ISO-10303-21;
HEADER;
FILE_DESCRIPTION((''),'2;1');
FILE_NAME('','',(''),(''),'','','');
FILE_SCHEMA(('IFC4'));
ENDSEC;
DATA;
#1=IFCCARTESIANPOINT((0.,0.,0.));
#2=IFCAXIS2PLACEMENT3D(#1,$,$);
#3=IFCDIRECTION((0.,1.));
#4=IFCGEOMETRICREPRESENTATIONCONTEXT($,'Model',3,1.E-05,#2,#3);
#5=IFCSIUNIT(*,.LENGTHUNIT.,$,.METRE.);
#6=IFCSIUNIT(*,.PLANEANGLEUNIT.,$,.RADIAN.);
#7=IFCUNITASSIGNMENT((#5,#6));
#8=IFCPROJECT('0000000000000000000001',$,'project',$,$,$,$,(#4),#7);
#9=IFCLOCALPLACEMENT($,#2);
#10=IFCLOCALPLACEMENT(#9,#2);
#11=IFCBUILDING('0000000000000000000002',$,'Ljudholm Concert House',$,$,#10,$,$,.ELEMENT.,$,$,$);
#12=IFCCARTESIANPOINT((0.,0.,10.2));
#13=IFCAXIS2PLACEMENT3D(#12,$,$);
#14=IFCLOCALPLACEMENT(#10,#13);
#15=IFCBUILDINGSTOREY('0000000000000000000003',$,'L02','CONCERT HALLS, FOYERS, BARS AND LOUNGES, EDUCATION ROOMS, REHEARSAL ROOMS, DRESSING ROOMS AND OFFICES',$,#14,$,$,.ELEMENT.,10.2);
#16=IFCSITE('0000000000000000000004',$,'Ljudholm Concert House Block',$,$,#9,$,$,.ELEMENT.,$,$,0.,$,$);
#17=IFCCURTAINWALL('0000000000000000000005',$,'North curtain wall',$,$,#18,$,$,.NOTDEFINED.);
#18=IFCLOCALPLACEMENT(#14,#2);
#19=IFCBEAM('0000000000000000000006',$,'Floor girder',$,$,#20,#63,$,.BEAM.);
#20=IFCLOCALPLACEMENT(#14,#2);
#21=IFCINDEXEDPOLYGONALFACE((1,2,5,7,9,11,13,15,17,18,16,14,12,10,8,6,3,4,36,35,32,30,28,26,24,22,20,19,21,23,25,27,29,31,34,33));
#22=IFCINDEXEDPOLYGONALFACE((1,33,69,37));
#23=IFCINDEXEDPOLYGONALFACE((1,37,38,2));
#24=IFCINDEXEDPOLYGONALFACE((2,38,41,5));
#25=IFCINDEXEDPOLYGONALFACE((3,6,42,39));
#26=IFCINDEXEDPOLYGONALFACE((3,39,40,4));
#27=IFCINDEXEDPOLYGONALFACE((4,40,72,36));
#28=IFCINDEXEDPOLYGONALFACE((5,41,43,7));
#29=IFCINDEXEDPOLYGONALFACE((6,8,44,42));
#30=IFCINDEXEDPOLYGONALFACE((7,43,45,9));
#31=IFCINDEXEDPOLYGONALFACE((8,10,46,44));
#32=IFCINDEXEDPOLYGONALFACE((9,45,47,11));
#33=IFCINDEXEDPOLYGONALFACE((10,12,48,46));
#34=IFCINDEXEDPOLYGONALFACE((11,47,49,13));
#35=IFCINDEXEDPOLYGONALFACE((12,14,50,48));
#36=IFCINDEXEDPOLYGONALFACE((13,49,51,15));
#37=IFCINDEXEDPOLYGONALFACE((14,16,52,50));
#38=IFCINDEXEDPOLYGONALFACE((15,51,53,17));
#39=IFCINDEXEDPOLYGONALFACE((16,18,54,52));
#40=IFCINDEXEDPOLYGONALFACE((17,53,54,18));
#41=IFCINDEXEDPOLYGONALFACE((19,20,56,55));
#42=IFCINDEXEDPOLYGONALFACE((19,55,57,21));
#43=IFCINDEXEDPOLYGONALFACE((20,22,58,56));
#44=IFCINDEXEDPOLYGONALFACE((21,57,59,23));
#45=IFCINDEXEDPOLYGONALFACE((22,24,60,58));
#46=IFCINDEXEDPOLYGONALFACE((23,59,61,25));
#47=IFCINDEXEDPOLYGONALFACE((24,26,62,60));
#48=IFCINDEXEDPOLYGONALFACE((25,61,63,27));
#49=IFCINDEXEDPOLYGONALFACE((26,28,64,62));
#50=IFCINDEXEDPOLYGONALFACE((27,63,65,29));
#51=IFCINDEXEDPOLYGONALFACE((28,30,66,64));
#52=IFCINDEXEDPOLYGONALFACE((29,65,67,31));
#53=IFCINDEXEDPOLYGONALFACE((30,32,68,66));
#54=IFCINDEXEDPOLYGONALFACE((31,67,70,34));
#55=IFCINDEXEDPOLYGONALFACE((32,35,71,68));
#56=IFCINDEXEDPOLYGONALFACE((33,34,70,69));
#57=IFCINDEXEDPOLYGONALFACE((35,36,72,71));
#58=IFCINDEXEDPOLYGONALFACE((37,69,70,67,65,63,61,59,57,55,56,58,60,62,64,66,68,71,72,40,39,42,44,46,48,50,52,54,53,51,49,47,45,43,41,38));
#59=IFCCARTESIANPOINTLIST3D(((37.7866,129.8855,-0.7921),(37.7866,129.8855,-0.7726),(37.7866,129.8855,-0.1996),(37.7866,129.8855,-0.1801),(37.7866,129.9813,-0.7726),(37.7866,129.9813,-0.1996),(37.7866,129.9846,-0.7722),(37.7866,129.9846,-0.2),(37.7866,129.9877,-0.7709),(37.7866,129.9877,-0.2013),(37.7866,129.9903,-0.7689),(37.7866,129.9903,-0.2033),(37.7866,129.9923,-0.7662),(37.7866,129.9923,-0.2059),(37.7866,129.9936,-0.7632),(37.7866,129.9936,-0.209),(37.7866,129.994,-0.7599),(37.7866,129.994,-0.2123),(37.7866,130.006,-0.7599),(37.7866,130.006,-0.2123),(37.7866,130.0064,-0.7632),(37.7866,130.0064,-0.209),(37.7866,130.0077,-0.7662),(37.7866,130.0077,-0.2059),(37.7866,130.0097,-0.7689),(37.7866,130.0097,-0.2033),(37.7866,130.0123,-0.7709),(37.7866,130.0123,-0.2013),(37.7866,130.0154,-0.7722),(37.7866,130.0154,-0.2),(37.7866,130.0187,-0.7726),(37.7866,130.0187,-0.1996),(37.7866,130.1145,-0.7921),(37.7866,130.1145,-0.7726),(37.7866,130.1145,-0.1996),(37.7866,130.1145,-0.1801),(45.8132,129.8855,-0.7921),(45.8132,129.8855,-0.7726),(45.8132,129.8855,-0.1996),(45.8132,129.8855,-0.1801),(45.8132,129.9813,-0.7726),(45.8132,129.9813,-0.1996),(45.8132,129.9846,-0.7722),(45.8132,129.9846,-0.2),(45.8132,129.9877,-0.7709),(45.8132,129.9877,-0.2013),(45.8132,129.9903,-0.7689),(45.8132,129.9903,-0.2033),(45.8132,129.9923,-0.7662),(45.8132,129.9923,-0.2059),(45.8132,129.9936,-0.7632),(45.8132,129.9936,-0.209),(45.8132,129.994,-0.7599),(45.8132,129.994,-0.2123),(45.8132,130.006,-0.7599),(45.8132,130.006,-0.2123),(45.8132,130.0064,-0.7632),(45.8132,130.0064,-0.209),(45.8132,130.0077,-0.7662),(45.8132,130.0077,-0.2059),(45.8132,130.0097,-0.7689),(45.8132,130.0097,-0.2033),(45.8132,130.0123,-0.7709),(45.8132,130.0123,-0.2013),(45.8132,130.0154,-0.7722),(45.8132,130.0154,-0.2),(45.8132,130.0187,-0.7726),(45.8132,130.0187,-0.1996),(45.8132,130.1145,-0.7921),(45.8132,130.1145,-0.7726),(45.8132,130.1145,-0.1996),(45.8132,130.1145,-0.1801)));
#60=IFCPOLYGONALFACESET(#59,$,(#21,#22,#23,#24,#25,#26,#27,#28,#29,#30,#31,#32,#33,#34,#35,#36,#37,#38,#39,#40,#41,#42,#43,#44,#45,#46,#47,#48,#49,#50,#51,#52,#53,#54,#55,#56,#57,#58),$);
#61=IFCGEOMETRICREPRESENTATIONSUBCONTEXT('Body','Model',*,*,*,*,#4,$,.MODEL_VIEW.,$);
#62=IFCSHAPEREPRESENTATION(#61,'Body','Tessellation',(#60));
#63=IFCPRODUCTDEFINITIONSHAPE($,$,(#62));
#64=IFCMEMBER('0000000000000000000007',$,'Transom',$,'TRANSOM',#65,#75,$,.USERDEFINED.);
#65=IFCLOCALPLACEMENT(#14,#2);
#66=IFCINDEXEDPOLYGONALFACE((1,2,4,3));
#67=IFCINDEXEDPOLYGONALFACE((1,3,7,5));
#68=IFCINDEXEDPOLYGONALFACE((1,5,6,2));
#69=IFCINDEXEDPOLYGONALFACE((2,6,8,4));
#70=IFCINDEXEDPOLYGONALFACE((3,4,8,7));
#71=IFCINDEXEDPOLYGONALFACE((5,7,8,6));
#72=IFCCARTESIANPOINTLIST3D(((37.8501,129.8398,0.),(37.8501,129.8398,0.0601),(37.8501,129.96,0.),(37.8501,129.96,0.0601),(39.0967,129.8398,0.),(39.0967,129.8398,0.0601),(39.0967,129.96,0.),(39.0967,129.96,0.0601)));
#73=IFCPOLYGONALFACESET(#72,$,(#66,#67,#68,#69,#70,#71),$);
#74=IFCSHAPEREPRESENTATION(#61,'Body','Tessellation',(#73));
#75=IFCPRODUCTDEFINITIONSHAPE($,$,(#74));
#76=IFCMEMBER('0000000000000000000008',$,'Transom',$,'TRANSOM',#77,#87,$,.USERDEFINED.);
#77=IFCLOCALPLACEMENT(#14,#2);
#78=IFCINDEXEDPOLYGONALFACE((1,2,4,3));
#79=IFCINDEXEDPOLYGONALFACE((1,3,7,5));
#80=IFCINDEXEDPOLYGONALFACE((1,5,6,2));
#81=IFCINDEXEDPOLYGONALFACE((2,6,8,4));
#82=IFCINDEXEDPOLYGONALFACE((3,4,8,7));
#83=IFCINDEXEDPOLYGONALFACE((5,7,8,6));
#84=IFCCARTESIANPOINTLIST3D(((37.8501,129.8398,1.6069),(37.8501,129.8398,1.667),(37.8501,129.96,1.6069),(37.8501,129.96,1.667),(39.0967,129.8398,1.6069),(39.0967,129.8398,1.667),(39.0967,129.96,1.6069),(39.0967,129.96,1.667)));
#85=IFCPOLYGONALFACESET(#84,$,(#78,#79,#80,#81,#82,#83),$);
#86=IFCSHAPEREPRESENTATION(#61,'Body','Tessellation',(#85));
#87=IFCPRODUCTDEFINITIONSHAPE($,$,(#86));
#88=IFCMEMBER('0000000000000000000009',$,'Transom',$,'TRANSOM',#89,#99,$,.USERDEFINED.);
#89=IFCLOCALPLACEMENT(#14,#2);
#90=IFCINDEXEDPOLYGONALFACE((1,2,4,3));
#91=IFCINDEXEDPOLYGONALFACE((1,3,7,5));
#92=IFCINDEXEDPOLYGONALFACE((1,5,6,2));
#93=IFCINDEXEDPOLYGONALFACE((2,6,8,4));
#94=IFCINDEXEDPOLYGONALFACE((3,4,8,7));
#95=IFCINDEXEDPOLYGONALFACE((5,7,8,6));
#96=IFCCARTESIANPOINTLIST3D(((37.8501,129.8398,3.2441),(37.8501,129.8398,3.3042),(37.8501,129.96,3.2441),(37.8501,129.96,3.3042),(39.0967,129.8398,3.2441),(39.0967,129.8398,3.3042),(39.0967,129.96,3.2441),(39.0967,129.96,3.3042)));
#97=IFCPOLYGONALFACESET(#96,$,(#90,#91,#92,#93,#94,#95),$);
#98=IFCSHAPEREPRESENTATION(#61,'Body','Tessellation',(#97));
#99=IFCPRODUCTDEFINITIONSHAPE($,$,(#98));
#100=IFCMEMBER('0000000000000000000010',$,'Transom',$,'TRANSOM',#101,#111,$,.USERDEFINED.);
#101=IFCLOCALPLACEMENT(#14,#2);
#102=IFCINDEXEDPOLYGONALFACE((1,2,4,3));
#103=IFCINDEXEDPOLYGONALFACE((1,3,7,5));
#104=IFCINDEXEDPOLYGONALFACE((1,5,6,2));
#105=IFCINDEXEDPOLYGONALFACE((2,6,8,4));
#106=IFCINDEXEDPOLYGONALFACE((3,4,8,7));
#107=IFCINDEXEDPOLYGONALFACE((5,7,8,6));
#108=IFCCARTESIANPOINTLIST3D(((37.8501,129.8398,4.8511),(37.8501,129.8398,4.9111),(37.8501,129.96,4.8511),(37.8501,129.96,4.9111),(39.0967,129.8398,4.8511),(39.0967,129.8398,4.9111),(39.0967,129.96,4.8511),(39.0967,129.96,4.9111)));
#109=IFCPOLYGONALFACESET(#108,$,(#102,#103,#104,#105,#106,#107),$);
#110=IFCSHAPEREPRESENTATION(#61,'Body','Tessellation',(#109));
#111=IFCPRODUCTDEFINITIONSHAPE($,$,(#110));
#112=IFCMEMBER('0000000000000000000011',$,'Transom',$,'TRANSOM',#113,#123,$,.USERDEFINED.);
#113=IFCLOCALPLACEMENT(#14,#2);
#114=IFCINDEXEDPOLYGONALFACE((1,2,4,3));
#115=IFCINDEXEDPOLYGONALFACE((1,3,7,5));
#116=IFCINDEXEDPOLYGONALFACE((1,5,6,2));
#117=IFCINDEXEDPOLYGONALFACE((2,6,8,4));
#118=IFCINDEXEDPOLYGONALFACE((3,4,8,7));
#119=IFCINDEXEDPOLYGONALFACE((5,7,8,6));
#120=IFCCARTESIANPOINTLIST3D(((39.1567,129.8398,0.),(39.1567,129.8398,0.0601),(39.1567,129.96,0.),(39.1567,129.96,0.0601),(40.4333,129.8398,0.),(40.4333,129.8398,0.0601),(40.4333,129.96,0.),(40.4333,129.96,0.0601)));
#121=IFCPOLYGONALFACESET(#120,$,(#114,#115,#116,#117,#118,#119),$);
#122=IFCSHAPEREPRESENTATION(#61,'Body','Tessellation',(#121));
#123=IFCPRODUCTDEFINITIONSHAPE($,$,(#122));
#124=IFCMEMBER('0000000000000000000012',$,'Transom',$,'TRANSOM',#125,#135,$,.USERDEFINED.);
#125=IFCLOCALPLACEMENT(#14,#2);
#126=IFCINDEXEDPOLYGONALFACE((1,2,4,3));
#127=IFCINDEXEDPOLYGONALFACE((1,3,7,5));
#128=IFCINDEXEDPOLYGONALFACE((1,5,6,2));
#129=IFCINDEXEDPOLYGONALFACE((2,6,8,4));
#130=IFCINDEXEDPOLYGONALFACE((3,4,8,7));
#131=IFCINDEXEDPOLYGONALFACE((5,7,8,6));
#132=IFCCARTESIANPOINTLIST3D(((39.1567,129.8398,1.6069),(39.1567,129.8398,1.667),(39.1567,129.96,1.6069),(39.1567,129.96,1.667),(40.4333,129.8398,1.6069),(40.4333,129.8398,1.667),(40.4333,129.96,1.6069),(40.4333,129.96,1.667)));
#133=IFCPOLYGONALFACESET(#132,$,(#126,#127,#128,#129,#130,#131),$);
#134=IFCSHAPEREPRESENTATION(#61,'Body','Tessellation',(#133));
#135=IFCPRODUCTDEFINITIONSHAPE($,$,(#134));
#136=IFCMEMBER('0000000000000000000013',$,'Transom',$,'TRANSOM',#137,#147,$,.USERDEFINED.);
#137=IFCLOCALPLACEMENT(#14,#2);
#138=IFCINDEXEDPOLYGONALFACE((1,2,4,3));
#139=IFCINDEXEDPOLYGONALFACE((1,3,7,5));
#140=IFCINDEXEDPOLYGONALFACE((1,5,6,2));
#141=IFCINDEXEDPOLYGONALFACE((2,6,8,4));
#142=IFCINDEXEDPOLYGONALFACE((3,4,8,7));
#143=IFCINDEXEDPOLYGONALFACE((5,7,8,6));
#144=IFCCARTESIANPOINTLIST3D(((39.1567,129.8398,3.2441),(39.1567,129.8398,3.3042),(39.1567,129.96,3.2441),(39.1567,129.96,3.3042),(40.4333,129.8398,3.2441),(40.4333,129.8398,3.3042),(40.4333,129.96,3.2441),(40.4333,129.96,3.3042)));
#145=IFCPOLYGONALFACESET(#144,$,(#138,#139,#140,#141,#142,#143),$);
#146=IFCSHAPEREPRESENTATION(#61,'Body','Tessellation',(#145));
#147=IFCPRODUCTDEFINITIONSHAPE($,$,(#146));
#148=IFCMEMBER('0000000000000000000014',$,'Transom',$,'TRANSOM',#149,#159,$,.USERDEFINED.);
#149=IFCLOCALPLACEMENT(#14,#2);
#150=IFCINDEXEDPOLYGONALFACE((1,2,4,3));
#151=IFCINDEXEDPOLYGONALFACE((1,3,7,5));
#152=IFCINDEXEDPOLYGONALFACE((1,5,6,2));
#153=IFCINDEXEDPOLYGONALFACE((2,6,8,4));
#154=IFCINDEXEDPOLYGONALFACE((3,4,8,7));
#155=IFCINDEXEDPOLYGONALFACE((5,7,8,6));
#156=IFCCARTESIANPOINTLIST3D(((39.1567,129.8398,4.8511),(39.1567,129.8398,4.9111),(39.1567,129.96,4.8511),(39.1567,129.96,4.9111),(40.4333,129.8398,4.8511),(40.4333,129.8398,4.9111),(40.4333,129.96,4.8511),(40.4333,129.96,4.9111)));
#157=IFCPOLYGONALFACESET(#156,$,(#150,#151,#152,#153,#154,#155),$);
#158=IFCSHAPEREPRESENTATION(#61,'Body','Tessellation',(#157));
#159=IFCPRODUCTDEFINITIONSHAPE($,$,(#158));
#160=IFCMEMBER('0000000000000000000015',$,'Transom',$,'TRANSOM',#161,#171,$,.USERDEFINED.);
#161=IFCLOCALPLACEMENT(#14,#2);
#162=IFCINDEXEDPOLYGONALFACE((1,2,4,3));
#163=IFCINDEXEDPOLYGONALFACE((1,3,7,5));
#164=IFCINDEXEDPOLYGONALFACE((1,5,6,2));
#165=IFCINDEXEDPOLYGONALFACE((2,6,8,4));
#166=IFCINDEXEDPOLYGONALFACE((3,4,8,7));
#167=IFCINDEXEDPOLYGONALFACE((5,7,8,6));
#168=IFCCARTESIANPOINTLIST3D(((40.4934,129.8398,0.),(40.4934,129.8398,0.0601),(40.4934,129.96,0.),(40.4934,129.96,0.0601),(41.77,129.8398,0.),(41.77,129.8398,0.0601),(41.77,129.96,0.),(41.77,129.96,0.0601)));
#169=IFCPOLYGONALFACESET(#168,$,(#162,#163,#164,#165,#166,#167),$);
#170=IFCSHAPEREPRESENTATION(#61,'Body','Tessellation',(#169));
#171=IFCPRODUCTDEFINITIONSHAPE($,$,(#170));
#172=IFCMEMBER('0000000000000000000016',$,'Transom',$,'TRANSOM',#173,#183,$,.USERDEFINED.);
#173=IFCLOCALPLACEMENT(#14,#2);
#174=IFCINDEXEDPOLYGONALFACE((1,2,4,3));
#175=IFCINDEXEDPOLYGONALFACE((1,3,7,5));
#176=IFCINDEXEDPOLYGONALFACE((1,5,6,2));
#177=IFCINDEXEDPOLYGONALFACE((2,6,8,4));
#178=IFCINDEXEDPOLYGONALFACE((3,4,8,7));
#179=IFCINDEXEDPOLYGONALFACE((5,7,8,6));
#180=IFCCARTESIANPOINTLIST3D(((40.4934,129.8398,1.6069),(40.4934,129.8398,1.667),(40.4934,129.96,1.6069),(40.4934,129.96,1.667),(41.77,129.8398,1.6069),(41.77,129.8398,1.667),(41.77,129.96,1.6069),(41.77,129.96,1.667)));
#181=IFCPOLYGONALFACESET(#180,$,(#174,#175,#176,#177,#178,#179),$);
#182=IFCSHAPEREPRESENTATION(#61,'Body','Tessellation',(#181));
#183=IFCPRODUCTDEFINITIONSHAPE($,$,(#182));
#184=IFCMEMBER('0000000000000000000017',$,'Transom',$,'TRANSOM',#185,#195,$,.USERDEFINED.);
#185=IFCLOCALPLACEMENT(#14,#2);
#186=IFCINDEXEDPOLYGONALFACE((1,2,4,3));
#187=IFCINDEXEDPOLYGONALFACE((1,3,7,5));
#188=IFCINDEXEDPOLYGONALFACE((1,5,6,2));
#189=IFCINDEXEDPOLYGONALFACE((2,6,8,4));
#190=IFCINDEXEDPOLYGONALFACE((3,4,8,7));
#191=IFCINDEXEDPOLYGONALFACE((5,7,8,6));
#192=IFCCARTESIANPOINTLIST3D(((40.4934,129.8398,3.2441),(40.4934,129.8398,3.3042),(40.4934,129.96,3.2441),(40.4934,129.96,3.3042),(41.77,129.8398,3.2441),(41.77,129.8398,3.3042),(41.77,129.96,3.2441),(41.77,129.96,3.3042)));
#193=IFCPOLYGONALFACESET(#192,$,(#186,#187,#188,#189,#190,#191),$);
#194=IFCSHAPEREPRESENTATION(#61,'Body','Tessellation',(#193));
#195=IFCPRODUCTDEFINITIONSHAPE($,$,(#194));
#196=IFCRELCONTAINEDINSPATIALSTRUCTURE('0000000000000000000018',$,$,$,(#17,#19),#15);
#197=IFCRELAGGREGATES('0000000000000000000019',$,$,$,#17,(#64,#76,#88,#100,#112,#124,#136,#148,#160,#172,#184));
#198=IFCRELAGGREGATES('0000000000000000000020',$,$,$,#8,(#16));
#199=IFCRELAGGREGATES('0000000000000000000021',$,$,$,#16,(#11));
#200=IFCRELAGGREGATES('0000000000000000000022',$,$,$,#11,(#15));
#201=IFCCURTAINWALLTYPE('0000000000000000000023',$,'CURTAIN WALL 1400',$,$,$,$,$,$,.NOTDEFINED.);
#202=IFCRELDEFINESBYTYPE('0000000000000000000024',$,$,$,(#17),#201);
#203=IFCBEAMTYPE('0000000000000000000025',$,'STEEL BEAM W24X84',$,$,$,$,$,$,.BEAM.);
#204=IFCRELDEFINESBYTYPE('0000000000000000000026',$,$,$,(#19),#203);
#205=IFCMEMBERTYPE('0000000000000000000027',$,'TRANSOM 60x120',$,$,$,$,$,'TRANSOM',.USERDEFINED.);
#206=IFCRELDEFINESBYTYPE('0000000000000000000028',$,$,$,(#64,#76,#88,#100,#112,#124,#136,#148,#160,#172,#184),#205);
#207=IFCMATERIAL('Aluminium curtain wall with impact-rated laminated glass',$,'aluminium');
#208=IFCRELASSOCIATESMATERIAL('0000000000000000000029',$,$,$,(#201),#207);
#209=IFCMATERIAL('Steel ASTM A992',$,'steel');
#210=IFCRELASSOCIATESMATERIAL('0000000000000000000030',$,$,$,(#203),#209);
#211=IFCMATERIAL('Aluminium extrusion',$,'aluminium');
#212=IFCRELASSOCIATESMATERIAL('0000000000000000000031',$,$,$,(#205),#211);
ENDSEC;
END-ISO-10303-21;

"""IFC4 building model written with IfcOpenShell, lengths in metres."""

from ifc_helpers import new_model, si_unit, direction, frame, origin, origin_2d, place, context, subcontext, project, spatial, rectangle, i_section, extrude, material, material_profile, profile_set, type_object, element, aggregate, save


model = new_model("IFC4")

# Units and contexts
model_context = context("Model", 3, precision=1e-05, world=origin(), true_north=direction((0.0, 1.0)))
body_context = subcontext(model_context, "Body", "Model", "MODEL_VIEW")
ifc_project = project(units=[si_unit("LENGTHUNIT", "METRE"), si_unit("PLANEANGLEUNIT", "RADIAN")], contexts=[model_context])

# Site, building, storey
site_placement = place(None, origin())
site = spatial("IfcSite", under=ifc_project, at=site_placement, Name="Ljudholm Concert House Block", CompositionType="ELEMENT", RefElevation=0.0)
building_placement = place(site_placement, origin())
building = spatial("IfcBuilding", under=site, at=building_placement, Name="Ljudholm Concert House", CompositionType="ELEMENT")
storey_placement = place(building_placement, frame((0.0, 0.0, 10.2)))
storey = spatial("IfcBuildingStorey", under=building, at=storey_placement, Name="L02", Description="CONCERT HALLS, FOYERS, BARS AND LOUNGES, EDUCATION ROOMS, REHEARSAL ROOMS, DRESSING ROOMS AND OFFICES", CompositionType="ELEMENT", Elevation=10.2)

# Curtain wall
ifc_material_1 = material(Name="Aluminium curtain wall with impact-rated laminated glass", Category="aluminium")
curtain_wall_type = type_object("IfcCurtainWallType", Name="CURTAIN WALL 1400", PredefinedType="NOTDEFINED", material=ifc_material_1)
curtain_wall_placement = place(storey_placement, origin())
curtain_wall = element("IfcCurtainWall", 1, at=curtain_wall_placement, inside=storey, type_object=curtain_wall_type, Name="North curtain wall", PredefinedType="NOTDEFINED")

# Beam
ifc_material_2 = material(Name="Steel ASTM A992", Category="steel")
ifc_material_profile_1 = material_profile(ifc_material_2, i_section(OverallWidth=0.229, OverallDepth=0.6121, WebThickness=0.012, FlangeThickness=0.0195, FilletRadius=0.0127, at=origin_2d()), Name="W24X84")
ifc_profile_set_1 = profile_set([ifc_material_profile_1], Name="Steel ASTM A992")
beam_type = type_object("IfcBeamType", Name="STEEL BEAM W24X84", PredefinedType="BEAM", material=ifc_profile_set_1)
for number, where, z_axis, x_axis, name in (
    (2, (37.7866, 130.0, -0.4861), (1.0, 0.0, 0.0), (0.0, 1.0, 0.0), "Floor girder"),
):
    element("IfcBeam", number, at=place(storey_placement, frame(where, z_axis=z_axis, x_axis=x_axis)), inside=storey, type_object=beam_type, Name=name, PredefinedType="BEAM", context=body_context, shape_type="SweptSolid", body=[
        extrude(i_section(OverallWidth=0.229, OverallDepth=0.6121, WebThickness=0.012, FlangeThickness=0.0195, FilletRadius=0.0127, at=origin_2d()), origin(), (0.0, 0.0, 1.0), 8.0266),
    ])

# Members
ifc_material_3 = material(Name="Aluminium extrusion", Category="aluminium")
ifc_material_profile_2 = material_profile(ifc_material_3, rectangle(XDim=0.1201, YDim=0.0601, at=origin_2d()), Name="TRANSOM 60x120")
ifc_profile_set_2 = profile_set([ifc_material_profile_2], Name="Aluminium extrusion")
member_type_1 = type_object("IfcMemberType", Name="TRANSOM 60x120", ElementType="TRANSOM", PredefinedType="USERDEFINED", material=ifc_profile_set_2)
member_1_placement = place(storey_placement, frame((37.8501, 129.8999, 0.03), z_axis=(1.0, 0.0, 0.0), x_axis=(0.0, 1.0, 0.0)))
member_1 = element("IfcMember", 3, at=member_1_placement, type_object=member_type_1, Name="Transom", ObjectType="TRANSOM", PredefinedType="USERDEFINED", context=body_context, shape_type="SweptSolid", body=[
    extrude(rectangle(XDim=0.1201, YDim=0.0601, at=origin_2d()), origin(), (0.0, 0.0, 1.0), 1.2466),
])
member_2_placement = place(storey_placement, frame((37.8501, 129.8999, 1.637), z_axis=(1.0, 0.0, 0.0), x_axis=(0.0, 1.0, 0.0)))
member_2 = element("IfcMember", 4, at=member_2_placement, type_object=member_type_1, Name="Transom", ObjectType="TRANSOM", PredefinedType="USERDEFINED", context=body_context, shape_type="SweptSolid", body=[
    extrude(rectangle(XDim=0.1201, YDim=0.0601, at=origin_2d()), origin(), (0.0, 0.0, 1.0), 1.2466),
])
member_3_placement = place(storey_placement, frame((37.8501, 129.8999, 3.2742), z_axis=(1.0, 0.0, 0.0), x_axis=(0.0, 1.0, 0.0)))
member_3 = element("IfcMember", 5, at=member_3_placement, type_object=member_type_1, Name="Transom", ObjectType="TRANSOM", PredefinedType="USERDEFINED", context=body_context, shape_type="SweptSolid", body=[
    extrude(rectangle(XDim=0.1201, YDim=0.0601, at=origin_2d()), origin(), (0.0, 0.0, 1.0), 1.2466),
])
member_4_placement = place(storey_placement, frame((37.8501, 129.8999, 4.8811), z_axis=(1.0, 0.0, 0.0), x_axis=(0.0, 1.0, 0.0)))
member_4 = element("IfcMember", 6, at=member_4_placement, type_object=member_type_1, Name="Transom", ObjectType="TRANSOM", PredefinedType="USERDEFINED", context=body_context, shape_type="SweptSolid", body=[
    extrude(rectangle(XDim=0.1201, YDim=0.0601, at=origin_2d()), origin(), (0.0, 0.0, 1.0), 1.2466),
])
member_5_placement = place(storey_placement, frame((39.1567, 129.8999, 0.03), z_axis=(1.0, 0.0, 0.0), x_axis=(0.0, 1.0, 0.0)))
member_5 = element("IfcMember", 7, at=member_5_placement, type_object=member_type_1, Name="Transom", ObjectType="TRANSOM", PredefinedType="USERDEFINED", context=body_context, shape_type="SweptSolid", body=[
    extrude(rectangle(XDim=0.1201, YDim=0.0601, at=origin_2d()), origin(), (0.0, 0.0, 1.0), 1.2766),
])
member_6_placement = place(storey_placement, frame((39.1567, 129.8999, 1.637), z_axis=(1.0, 0.0, 0.0), x_axis=(0.0, 1.0, 0.0)))
member_6 = element("IfcMember", 8, at=member_6_placement, type_object=member_type_1, Name="Transom", ObjectType="TRANSOM", PredefinedType="USERDEFINED", context=body_context, shape_type="SweptSolid", body=[
    extrude(rectangle(XDim=0.1201, YDim=0.0601, at=origin_2d()), origin(), (0.0, 0.0, 1.0), 1.2766),
])
member_7_placement = place(storey_placement, frame((39.1567, 129.8999, 3.2742), z_axis=(1.0, 0.0, 0.0), x_axis=(0.0, 1.0, 0.0)))
member_7 = element("IfcMember", 9, at=member_7_placement, type_object=member_type_1, Name="Transom", ObjectType="TRANSOM", PredefinedType="USERDEFINED", context=body_context, shape_type="SweptSolid", body=[
    extrude(rectangle(XDim=0.1201, YDim=0.0601, at=origin_2d()), origin(), (0.0, 0.0, 1.0), 1.2766),
])
member_8_placement = place(storey_placement, frame((39.1567, 129.8999, 4.8811), z_axis=(1.0, 0.0, 0.0), x_axis=(0.0, 1.0, 0.0)))
member_8 = element("IfcMember", 10, at=member_8_placement, type_object=member_type_1, Name="Transom", ObjectType="TRANSOM", PredefinedType="USERDEFINED", context=body_context, shape_type="SweptSolid", body=[
    extrude(rectangle(XDim=0.1201, YDim=0.0601, at=origin_2d()), origin(), (0.0, 0.0, 1.0), 1.2766),
])
member_9_placement = place(storey_placement, frame((40.4934, 129.8999, 0.03), z_axis=(1.0, 0.0, 0.0), x_axis=(0.0, 1.0, 0.0)))
member_9 = element("IfcMember", 11, at=member_9_placement, type_object=member_type_1, Name="Transom", ObjectType="TRANSOM", PredefinedType="USERDEFINED", context=body_context, shape_type="SweptSolid", body=[
    extrude(rectangle(XDim=0.1201, YDim=0.0601, at=origin_2d()), origin(), (0.0, 0.0, 1.0), 1.2766),
])
member_10_placement = place(storey_placement, frame((40.4934, 129.8999, 1.637), z_axis=(1.0, 0.0, 0.0), x_axis=(0.0, 1.0, 0.0)))
member_10 = element("IfcMember", 12, at=member_10_placement, type_object=member_type_1, Name="Transom", ObjectType="TRANSOM", PredefinedType="USERDEFINED", context=body_context, shape_type="SweptSolid", body=[
    extrude(rectangle(XDim=0.1201, YDim=0.0601, at=origin_2d()), origin(), (0.0, 0.0, 1.0), 1.2766),
])
member_11_placement = place(storey_placement, frame((40.4934, 129.8999, 3.2742), z_axis=(1.0, 0.0, 0.0), x_axis=(0.0, 1.0, 0.0)))
member_11 = element("IfcMember", 13, at=member_11_placement, type_object=member_type_1, Name="Transom", ObjectType="TRANSOM", PredefinedType="USERDEFINED", context=body_context, shape_type="SweptSolid", body=[
    extrude(rectangle(XDim=0.1201, YDim=0.0601, at=origin_2d()), origin(), (0.0, 0.0, 1.0), 1.2766),
])

aggregate(curtain_wall, [member_1, member_2, member_3, member_4, member_5, member_6, member_7, member_8, member_9, member_10, member_11])

save(model, "model.ifc")
